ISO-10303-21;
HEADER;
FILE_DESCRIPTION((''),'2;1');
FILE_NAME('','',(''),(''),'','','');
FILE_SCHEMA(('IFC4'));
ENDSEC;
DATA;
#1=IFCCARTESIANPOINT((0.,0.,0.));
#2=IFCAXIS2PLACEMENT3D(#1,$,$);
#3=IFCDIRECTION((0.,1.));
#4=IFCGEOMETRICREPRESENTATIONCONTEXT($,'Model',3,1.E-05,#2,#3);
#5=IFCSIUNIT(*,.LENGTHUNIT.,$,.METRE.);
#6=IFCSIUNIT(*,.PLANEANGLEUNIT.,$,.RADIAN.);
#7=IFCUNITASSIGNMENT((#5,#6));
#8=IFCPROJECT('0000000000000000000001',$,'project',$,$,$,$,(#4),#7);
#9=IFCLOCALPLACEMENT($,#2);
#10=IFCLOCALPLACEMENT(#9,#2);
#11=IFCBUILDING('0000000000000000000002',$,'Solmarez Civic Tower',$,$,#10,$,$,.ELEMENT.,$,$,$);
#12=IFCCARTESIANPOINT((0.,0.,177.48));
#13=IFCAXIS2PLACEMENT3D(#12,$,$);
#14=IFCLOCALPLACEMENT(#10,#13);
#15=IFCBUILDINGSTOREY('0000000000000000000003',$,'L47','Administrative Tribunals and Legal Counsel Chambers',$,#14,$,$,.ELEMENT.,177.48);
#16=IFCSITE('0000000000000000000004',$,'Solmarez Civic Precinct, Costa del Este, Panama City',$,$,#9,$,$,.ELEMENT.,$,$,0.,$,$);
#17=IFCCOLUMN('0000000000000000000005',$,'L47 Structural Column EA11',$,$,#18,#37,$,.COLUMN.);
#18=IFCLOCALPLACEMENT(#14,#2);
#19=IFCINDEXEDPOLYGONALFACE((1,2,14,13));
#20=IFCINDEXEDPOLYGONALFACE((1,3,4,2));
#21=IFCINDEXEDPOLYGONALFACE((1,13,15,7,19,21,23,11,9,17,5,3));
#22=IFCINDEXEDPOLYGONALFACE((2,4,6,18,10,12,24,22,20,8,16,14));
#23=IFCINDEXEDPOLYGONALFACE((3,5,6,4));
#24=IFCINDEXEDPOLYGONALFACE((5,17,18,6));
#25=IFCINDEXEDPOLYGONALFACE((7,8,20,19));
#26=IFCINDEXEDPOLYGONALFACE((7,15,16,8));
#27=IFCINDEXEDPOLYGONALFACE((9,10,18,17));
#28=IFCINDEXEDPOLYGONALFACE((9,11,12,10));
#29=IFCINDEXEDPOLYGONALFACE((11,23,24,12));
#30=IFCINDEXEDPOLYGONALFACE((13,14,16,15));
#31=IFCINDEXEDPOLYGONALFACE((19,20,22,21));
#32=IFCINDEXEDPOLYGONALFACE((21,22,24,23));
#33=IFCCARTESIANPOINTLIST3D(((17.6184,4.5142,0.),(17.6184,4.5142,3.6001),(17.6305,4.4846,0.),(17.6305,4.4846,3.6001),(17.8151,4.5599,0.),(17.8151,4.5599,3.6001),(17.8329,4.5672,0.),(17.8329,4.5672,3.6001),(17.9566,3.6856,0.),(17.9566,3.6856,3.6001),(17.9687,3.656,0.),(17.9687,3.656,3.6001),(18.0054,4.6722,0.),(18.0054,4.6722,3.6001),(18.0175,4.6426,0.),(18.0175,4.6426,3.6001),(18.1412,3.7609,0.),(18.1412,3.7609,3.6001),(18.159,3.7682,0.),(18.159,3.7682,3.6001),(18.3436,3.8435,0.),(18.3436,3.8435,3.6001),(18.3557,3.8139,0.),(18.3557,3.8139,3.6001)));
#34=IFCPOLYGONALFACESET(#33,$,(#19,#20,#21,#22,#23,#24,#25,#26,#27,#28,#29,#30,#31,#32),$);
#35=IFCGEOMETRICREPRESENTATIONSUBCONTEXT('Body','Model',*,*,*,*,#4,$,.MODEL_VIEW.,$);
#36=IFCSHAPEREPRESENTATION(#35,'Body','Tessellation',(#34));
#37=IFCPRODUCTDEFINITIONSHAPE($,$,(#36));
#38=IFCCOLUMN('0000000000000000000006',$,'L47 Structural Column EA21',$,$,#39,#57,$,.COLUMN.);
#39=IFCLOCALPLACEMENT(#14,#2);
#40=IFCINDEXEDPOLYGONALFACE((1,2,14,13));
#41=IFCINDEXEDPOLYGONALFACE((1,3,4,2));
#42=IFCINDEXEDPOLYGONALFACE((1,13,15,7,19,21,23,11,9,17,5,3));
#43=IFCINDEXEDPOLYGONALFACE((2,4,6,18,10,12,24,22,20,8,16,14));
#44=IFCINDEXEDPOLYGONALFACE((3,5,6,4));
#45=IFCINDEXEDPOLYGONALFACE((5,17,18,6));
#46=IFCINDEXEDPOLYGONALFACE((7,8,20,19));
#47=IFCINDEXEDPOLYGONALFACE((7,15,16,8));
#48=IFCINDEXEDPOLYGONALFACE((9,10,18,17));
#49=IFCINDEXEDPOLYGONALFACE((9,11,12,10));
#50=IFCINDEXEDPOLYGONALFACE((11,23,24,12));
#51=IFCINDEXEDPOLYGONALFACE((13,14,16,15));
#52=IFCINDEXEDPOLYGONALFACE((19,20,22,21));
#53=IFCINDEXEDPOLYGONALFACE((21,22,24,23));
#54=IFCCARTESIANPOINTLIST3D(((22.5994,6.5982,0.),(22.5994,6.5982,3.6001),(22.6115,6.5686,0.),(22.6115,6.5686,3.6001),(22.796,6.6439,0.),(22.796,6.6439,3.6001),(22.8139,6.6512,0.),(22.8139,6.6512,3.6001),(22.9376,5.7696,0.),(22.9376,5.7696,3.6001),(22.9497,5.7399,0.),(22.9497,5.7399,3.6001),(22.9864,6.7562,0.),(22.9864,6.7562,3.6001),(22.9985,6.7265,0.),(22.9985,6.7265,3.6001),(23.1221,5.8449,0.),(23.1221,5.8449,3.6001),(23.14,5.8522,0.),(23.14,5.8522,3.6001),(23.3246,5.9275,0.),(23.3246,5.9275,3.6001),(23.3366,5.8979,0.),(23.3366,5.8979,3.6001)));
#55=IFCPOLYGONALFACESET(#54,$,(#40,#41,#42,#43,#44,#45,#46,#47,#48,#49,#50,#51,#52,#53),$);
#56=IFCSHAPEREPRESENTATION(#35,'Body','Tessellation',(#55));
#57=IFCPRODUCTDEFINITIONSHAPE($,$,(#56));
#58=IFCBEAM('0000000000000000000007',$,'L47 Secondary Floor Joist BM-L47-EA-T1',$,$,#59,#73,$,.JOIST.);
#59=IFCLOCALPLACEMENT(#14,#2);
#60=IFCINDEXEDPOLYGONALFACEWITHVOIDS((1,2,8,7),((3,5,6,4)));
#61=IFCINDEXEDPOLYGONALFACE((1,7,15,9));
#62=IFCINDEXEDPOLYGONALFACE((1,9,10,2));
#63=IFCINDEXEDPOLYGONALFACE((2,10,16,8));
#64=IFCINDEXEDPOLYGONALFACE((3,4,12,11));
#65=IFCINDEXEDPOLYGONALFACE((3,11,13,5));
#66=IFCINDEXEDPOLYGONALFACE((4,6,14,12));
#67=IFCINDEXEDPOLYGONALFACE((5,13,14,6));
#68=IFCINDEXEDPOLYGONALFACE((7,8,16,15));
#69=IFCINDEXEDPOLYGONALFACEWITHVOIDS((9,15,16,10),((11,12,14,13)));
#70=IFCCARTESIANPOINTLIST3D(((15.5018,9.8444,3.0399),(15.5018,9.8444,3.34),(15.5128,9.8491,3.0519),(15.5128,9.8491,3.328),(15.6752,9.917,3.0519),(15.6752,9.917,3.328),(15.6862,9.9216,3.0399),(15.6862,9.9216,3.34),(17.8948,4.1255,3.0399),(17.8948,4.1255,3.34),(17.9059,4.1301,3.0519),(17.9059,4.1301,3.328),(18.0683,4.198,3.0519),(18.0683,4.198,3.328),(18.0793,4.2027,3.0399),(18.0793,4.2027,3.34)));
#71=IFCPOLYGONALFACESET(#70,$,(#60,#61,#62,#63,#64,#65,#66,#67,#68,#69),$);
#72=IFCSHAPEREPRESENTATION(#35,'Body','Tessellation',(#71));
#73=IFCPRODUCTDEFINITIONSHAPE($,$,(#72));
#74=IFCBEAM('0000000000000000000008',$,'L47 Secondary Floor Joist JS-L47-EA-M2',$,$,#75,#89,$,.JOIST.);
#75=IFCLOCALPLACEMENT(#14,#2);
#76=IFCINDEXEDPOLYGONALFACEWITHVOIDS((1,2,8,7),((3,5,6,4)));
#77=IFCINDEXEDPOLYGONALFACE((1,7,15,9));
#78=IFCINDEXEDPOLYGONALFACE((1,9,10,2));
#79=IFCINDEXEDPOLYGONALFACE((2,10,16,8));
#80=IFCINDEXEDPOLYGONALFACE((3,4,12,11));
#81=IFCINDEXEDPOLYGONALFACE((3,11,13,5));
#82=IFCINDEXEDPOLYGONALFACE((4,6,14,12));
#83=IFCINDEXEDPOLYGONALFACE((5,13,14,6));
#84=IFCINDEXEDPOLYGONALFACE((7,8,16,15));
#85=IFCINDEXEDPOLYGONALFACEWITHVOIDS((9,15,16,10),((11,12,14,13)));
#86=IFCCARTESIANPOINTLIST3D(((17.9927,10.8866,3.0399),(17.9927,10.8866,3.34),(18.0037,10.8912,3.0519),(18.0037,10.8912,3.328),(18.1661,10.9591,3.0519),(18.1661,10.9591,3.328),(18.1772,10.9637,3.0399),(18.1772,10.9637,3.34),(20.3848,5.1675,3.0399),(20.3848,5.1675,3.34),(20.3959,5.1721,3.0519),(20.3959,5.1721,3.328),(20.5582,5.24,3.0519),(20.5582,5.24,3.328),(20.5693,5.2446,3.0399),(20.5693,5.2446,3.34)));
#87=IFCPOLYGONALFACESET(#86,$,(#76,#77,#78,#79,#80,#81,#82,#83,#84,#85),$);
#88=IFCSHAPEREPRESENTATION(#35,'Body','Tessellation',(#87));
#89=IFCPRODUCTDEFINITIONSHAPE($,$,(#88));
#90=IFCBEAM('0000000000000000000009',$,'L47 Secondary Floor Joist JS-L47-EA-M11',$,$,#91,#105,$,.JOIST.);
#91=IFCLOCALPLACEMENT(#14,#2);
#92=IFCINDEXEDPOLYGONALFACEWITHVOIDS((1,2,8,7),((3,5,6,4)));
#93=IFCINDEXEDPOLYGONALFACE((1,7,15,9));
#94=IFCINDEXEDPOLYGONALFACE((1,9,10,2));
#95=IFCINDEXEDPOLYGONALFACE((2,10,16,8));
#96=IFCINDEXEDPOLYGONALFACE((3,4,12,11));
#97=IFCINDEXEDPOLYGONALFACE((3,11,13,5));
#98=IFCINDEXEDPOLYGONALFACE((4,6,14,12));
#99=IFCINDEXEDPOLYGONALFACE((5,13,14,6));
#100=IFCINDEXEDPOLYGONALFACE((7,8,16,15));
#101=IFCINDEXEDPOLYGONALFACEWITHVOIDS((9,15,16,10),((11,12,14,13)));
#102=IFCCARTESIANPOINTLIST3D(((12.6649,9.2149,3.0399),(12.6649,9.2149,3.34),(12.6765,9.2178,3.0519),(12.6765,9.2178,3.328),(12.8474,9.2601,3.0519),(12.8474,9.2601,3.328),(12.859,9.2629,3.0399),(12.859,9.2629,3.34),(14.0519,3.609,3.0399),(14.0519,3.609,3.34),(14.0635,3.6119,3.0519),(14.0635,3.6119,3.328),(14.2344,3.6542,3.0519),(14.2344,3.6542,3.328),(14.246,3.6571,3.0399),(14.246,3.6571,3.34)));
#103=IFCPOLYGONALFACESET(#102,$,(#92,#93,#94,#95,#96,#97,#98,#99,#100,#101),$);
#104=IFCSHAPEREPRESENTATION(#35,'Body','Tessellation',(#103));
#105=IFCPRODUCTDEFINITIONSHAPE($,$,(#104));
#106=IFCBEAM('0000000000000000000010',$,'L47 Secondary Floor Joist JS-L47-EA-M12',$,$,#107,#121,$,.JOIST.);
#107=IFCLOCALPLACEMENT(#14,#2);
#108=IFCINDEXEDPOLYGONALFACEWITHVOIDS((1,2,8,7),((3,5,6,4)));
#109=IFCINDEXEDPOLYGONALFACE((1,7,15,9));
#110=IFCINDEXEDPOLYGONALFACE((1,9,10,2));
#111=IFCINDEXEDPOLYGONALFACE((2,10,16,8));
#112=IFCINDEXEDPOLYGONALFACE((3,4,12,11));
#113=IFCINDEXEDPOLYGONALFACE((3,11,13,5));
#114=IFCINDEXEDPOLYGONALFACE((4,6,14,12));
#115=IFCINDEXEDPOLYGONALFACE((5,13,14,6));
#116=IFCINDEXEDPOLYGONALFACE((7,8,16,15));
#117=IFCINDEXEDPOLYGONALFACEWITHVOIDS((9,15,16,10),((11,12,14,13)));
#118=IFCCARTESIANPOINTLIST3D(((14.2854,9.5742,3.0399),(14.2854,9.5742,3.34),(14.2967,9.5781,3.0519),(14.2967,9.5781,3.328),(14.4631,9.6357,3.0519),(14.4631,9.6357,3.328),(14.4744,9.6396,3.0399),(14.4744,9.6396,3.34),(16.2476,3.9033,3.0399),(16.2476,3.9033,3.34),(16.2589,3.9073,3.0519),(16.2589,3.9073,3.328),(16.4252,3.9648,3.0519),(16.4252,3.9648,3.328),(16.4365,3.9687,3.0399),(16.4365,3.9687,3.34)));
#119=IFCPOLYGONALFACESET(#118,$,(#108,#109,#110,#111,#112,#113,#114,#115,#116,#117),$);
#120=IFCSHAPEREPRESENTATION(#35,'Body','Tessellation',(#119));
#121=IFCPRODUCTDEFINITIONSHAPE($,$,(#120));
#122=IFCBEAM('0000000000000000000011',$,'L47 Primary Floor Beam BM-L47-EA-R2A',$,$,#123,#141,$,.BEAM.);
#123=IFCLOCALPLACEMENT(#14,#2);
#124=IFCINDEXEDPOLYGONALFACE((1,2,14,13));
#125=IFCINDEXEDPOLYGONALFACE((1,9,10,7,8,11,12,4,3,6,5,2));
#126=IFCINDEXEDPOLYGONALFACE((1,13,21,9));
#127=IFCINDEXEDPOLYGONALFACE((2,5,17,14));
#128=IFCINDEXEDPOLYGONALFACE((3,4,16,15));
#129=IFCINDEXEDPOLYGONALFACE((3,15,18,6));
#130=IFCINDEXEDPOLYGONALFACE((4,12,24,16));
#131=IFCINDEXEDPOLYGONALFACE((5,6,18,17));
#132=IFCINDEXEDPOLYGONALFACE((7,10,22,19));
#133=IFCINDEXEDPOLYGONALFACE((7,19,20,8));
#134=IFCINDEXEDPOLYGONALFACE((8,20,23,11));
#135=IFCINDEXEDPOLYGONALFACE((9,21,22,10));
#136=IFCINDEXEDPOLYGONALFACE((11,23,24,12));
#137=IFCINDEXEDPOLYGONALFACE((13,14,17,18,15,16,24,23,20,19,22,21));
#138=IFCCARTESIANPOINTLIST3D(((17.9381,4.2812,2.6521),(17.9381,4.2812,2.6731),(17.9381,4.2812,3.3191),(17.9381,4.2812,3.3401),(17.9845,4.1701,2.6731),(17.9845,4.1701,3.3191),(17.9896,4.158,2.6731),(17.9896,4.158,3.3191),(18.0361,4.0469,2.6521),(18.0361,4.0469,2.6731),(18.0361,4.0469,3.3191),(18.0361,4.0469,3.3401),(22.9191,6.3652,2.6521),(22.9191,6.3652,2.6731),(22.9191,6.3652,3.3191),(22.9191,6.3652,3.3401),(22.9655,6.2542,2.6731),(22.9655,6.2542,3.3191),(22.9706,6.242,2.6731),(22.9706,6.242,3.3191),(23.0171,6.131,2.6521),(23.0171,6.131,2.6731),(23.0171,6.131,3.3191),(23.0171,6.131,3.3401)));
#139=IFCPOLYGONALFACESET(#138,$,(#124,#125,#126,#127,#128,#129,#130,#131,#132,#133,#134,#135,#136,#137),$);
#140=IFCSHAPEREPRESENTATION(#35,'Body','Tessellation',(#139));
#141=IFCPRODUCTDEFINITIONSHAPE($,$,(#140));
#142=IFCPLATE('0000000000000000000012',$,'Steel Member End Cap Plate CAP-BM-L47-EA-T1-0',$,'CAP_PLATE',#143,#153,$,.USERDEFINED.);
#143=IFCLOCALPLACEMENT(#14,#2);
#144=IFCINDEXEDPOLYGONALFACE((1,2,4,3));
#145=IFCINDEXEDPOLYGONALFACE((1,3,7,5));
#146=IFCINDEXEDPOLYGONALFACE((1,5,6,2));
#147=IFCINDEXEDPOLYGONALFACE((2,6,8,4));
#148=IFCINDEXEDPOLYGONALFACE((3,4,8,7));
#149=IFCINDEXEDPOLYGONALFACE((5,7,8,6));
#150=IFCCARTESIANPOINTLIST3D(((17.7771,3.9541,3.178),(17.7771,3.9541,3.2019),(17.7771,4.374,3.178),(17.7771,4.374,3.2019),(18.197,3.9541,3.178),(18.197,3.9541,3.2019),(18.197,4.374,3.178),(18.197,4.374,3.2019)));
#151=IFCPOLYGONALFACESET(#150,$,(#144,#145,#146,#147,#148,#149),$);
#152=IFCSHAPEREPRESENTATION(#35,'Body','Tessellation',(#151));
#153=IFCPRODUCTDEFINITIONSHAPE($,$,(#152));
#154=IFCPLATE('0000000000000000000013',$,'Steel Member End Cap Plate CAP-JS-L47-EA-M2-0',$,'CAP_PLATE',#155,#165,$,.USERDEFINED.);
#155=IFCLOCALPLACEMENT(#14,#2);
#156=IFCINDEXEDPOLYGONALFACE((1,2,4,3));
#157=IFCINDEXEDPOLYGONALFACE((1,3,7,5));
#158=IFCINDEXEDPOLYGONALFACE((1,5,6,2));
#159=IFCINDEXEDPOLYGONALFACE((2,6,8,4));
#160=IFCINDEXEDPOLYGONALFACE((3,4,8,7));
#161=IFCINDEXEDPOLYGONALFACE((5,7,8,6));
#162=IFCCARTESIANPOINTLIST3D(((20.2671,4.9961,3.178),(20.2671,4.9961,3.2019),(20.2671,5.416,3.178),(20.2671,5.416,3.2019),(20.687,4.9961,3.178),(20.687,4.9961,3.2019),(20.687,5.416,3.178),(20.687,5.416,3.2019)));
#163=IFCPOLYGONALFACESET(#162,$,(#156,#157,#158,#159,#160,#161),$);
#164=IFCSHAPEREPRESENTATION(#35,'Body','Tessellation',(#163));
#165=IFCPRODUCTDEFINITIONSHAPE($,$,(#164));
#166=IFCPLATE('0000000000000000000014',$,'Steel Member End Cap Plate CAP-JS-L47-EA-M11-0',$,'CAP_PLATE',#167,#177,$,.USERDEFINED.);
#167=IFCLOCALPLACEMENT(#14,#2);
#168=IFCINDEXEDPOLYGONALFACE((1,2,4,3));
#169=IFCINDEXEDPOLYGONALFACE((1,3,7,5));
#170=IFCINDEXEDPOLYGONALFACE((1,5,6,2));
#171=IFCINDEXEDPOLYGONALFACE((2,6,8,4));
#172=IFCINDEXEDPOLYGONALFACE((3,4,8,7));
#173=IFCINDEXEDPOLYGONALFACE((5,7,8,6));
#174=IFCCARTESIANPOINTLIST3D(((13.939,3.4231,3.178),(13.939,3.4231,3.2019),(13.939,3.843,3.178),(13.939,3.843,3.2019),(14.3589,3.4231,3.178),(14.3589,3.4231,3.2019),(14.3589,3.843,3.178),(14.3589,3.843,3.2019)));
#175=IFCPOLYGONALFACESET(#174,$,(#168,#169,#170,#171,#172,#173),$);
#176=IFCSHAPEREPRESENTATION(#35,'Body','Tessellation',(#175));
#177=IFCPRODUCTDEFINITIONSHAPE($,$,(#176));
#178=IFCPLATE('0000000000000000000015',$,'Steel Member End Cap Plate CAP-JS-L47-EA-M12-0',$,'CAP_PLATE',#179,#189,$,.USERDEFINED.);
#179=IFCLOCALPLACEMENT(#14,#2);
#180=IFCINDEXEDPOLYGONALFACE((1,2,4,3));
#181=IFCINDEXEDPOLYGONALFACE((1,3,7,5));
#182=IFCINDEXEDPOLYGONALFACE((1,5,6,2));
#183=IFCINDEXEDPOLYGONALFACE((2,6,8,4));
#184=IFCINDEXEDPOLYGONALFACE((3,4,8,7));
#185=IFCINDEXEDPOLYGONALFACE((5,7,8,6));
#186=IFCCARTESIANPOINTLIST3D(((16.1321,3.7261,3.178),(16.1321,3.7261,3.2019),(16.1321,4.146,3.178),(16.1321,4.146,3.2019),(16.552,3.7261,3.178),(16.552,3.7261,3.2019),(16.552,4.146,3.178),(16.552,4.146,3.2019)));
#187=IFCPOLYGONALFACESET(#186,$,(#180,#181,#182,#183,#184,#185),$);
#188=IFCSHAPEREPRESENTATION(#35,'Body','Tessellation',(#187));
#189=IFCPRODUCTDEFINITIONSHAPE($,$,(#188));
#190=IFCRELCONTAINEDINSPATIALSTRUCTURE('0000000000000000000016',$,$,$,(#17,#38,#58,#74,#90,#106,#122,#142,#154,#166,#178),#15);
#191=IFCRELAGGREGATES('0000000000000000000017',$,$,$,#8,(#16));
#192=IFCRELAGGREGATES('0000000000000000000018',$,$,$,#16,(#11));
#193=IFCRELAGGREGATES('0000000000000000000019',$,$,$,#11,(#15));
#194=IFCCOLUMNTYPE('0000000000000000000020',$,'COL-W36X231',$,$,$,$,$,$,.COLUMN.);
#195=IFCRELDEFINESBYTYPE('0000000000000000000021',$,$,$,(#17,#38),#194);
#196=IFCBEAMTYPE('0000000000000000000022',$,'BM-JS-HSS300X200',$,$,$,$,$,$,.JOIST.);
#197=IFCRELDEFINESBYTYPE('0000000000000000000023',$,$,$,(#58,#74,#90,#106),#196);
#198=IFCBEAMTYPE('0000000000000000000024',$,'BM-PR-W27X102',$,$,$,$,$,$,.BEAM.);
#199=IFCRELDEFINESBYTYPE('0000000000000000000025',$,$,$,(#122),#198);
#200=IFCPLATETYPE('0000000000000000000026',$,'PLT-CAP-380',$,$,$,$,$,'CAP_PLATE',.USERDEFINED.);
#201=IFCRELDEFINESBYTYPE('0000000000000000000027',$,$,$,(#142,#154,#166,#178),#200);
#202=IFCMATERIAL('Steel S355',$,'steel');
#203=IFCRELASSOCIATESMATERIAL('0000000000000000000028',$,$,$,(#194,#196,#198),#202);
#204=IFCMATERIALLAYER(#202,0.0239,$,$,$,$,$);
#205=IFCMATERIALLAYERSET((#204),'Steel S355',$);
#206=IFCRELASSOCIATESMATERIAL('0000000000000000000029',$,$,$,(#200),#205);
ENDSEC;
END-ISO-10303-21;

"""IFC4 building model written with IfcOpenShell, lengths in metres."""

from ifc_helpers import new_model, si_unit, direction, frame, origin, origin_2d, place, context, subcontext, project, spatial, rectangle, hollow_rectangle, i_section, extrude, material, layer, layer_set, material_profile, profile_set, type_object, element, save


model = new_model("IFC4")

# Units and contexts
model_context = context("Model", 3, precision=1e-05, world=origin(), true_north=direction((0.0, 1.0)))
body_context = subcontext(model_context, "Body", "Model", "MODEL_VIEW")
ifc_project = project(units=[si_unit("LENGTHUNIT", "METRE"), si_unit("PLANEANGLEUNIT", "RADIAN")], contexts=[model_context])

# Site, building, storey
site_placement = place(None, origin())
site = spatial("IfcSite", under=ifc_project, at=site_placement, Name="Solmarez Civic Precinct, Costa del Este, Panama City", CompositionType="ELEMENT", RefElevation=0.0)
building_placement = place(site_placement, origin())
building = spatial("IfcBuilding", under=site, at=building_placement, Name="Solmarez Civic Tower", CompositionType="ELEMENT")
storey_placement = place(building_placement, frame((0.0, 0.0, 177.48)))
storey = spatial("IfcBuildingStorey", under=building, at=storey_placement, Name="L47", Description="Administrative Tribunals and Legal Counsel Chambers", CompositionType="ELEMENT", Elevation=177.48)

# Columns
ifc_material_1 = material(Name="Steel S355", Category="steel")
ifc_material_profile_1 = material_profile(ifc_material_1, i_section(OverallWidth=0.418, OverallDepth=0.927, WebThickness=0.0193, FlangeThickness=0.032, at=origin_2d()), Name="W36X231")
ifc_profile_set_1 = profile_set([ifc_material_profile_1], Name="Steel S355")
column_type = type_object("IfcColumnType", Name="COL-W36X231", PredefinedType="COLUMN", material=ifc_profile_set_1)
for number, where, z_axis, x_axis, name in (
    (1, (17.9871, 4.1641, 0.0), (0.0, 0.0, 1.0), (0.925871, 0.377841, 0.0), "L47 Structural Column EA11"),
    (2, (22.968, 6.248, 0.0), (0.0, 0.0, 1.0), (0.925871, 0.377841, 0.0), "L47 Structural Column EA21"),
):
    element("IfcColumn", number, at=place(storey_placement, frame(where, z_axis=z_axis, x_axis=x_axis)), inside=storey, type_object=column_type, Name=name, PredefinedType="COLUMN", context=body_context, shape_type="SweptSolid", body=[
        extrude(i_section(OverallWidth=0.418, OverallDepth=0.927, WebThickness=0.0193, FlangeThickness=0.032, at=origin_2d()), origin(), (0.0, 0.0, 1.0), 3.6001),
    ])

# Beams
ifc_material_profile_2 = material_profile(ifc_material_1, hollow_rectangle(XDim=0.2, YDim=0.3, WallThickness=0.012, at=origin_2d()), Name="HSS300X200X12")
ifc_profile_set_2 = profile_set([ifc_material_profile_2], Name="Steel S355")
beam_type_1 = type_object("IfcBeamType", Name="BM-JS-HSS300X200", PredefinedType="JOIST", material=ifc_profile_set_2)
beam_1_placement = place(storey_placement, frame((17.9871, 4.1641, 3.1899), z_axis=(-0.38601, 0.922494, 0.0), x_axis=(-0.922494, -0.38601, 0.0)))
element("IfcBeam", 3, at=beam_1_placement, inside=storey, type_object=beam_type_1, Name="L47 Secondary Floor Joist BM-L47-EA-T1", PredefinedType="JOIST", context=body_context, shape_type="SweptSolid", body=[
    extrude(hollow_rectangle(XDim=0.2, YDim=0.3, WallThickness=0.012, at=origin_2d()), origin(), (0.0, 0.0, 1.0), 6.1995),
])
beam_2_placement = place(storey_placement, frame((20.4771, 5.2061, 3.1899), z_axis=(-0.385876, 0.922551, 0.0), x_axis=(-0.922551, -0.385876, 0.0)))
element("IfcBeam", 4, at=beam_2_placement, inside=storey, type_object=beam_type_1, Name="L47 Secondary Floor Joist JS-L47-EA-M2", PredefinedType="JOIST", context=body_context, shape_type="SweptSolid", body=[
    extrude(hollow_rectangle(XDim=0.2, YDim=0.3, WallThickness=0.012, at=origin_2d()), origin(), (0.0, 0.0, 1.0), 6.1992),
])
beam_3_placement = place(storey_placement, frame((14.1489, 3.6331, 3.1899), z_axis=(-0.240167, 0.970731, 0.0), x_axis=(-0.970731, -0.240167, 0.0)))
element("IfcBeam", 5, at=beam_3_placement, inside=storey, type_object=beam_type_1, Name="L47 Secondary Floor Joist JS-L47-EA-M11", PredefinedType="JOIST", context=body_context, shape_type="SweptSolid", body=[
    extrude(hollow_rectangle(XDim=0.2, YDim=0.3, WallThickness=0.012, at=origin_2d()), origin(), (0.0, 0.0, 1.0), 5.7749),
])
beam_4_placement = place(storey_placement, frame((16.342, 3.936, 3.1899), z_axis=(-0.326985, 0.94503, 0.0), x_axis=(-0.94503, -0.326985, 0.0)))
element("IfcBeam", 6, at=beam_4_placement, inside=storey, type_object=beam_type_1, Name="L47 Secondary Floor Joist JS-L47-EA-M12", PredefinedType="JOIST", context=body_context, shape_type="SweptSolid", body=[
    extrude(hollow_rectangle(XDim=0.2, YDim=0.3, WallThickness=0.012, at=origin_2d()), origin(), (0.0, 0.0, 1.0), 6.0007),
])
ifc_material_profile_3 = material_profile(ifc_material_1, i_section(OverallWidth=0.2539, OverallDepth=0.688, WebThickness=0.0132, FlangeThickness=0.021, at=origin_2d()), Name="W27X102")
ifc_profile_set_3 = profile_set([ifc_material_profile_3], Name="Steel S355")
beam_type_2 = type_object("IfcBeamType", Name="BM-PR-W27X102", PredefinedType="BEAM", material=ifc_profile_set_3)
beam_5_placement = place(storey_placement, frame((17.9871, 4.1641, 2.9961), z_axis=(0.922511, 0.38597, 0.0), x_axis=(-0.38597, 0.922511, 0.0)))
element("IfcBeam", 7, at=beam_5_placement, inside=storey, type_object=beam_type_2, Name="L47 Primary Floor Beam BM-L47-EA-R2A", PredefinedType="BEAM", context=body_context, shape_type="SweptSolid", body=[
    extrude(i_section(OverallWidth=0.2539, OverallDepth=0.688, WebThickness=0.0132, FlangeThickness=0.021, at=origin_2d()), origin(), (0.0, 0.0, 1.0), 5.3994),
])

# Plates
ifc_layer_1 = layer(ifc_material_1, 0.0239)
ifc_layer_set_1 = layer_set([ifc_layer_1], Name="Steel S355")
plate_type = type_object("IfcPlateType", Name="PLT-CAP-380", ElementType="CAP_PLATE", PredefinedType="USERDEFINED", material=ifc_layer_set_1)
for number, where, z_axis, x_axis, name in (
    (8, (17.9871, 4.1641, 3.178), (0.0, 0.0, 1.0), (1.0, 0.0, 0.0), "Steel Member End Cap Plate CAP-BM-L47-EA-T1-0"),
    (9, (20.4771, 5.2061, 3.178), (0.0, 0.0, 1.0), (1.0, 0.0, 0.0), "Steel Member End Cap Plate CAP-JS-L47-EA-M2-0"),
    (10, (14.1489, 3.6331, 3.178), (0.0, 0.0, 1.0), (1.0, 0.0, 0.0), "Steel Member End Cap Plate CAP-JS-L47-EA-M11-0"),
    (11, (16.342, 3.936, 3.178), (0.0, 0.0, 1.0), (1.0, 0.0, 0.0), "Steel Member End Cap Plate CAP-JS-L47-EA-M12-0"),
):
    element("IfcPlate", number, at=place(storey_placement, frame(where, z_axis=z_axis, x_axis=x_axis)), inside=storey, type_object=plate_type, Name=name, ObjectType="CAP_PLATE", PredefinedType="USERDEFINED", context=body_context, shape_type="SweptSolid", body=[
        extrude(rectangle(XDim=0.4199, YDim=0.4199, at=origin_2d()), origin(), (0.0, 0.0, 1.0), 0.0239),
    ])

save(model, "model.ifc")
